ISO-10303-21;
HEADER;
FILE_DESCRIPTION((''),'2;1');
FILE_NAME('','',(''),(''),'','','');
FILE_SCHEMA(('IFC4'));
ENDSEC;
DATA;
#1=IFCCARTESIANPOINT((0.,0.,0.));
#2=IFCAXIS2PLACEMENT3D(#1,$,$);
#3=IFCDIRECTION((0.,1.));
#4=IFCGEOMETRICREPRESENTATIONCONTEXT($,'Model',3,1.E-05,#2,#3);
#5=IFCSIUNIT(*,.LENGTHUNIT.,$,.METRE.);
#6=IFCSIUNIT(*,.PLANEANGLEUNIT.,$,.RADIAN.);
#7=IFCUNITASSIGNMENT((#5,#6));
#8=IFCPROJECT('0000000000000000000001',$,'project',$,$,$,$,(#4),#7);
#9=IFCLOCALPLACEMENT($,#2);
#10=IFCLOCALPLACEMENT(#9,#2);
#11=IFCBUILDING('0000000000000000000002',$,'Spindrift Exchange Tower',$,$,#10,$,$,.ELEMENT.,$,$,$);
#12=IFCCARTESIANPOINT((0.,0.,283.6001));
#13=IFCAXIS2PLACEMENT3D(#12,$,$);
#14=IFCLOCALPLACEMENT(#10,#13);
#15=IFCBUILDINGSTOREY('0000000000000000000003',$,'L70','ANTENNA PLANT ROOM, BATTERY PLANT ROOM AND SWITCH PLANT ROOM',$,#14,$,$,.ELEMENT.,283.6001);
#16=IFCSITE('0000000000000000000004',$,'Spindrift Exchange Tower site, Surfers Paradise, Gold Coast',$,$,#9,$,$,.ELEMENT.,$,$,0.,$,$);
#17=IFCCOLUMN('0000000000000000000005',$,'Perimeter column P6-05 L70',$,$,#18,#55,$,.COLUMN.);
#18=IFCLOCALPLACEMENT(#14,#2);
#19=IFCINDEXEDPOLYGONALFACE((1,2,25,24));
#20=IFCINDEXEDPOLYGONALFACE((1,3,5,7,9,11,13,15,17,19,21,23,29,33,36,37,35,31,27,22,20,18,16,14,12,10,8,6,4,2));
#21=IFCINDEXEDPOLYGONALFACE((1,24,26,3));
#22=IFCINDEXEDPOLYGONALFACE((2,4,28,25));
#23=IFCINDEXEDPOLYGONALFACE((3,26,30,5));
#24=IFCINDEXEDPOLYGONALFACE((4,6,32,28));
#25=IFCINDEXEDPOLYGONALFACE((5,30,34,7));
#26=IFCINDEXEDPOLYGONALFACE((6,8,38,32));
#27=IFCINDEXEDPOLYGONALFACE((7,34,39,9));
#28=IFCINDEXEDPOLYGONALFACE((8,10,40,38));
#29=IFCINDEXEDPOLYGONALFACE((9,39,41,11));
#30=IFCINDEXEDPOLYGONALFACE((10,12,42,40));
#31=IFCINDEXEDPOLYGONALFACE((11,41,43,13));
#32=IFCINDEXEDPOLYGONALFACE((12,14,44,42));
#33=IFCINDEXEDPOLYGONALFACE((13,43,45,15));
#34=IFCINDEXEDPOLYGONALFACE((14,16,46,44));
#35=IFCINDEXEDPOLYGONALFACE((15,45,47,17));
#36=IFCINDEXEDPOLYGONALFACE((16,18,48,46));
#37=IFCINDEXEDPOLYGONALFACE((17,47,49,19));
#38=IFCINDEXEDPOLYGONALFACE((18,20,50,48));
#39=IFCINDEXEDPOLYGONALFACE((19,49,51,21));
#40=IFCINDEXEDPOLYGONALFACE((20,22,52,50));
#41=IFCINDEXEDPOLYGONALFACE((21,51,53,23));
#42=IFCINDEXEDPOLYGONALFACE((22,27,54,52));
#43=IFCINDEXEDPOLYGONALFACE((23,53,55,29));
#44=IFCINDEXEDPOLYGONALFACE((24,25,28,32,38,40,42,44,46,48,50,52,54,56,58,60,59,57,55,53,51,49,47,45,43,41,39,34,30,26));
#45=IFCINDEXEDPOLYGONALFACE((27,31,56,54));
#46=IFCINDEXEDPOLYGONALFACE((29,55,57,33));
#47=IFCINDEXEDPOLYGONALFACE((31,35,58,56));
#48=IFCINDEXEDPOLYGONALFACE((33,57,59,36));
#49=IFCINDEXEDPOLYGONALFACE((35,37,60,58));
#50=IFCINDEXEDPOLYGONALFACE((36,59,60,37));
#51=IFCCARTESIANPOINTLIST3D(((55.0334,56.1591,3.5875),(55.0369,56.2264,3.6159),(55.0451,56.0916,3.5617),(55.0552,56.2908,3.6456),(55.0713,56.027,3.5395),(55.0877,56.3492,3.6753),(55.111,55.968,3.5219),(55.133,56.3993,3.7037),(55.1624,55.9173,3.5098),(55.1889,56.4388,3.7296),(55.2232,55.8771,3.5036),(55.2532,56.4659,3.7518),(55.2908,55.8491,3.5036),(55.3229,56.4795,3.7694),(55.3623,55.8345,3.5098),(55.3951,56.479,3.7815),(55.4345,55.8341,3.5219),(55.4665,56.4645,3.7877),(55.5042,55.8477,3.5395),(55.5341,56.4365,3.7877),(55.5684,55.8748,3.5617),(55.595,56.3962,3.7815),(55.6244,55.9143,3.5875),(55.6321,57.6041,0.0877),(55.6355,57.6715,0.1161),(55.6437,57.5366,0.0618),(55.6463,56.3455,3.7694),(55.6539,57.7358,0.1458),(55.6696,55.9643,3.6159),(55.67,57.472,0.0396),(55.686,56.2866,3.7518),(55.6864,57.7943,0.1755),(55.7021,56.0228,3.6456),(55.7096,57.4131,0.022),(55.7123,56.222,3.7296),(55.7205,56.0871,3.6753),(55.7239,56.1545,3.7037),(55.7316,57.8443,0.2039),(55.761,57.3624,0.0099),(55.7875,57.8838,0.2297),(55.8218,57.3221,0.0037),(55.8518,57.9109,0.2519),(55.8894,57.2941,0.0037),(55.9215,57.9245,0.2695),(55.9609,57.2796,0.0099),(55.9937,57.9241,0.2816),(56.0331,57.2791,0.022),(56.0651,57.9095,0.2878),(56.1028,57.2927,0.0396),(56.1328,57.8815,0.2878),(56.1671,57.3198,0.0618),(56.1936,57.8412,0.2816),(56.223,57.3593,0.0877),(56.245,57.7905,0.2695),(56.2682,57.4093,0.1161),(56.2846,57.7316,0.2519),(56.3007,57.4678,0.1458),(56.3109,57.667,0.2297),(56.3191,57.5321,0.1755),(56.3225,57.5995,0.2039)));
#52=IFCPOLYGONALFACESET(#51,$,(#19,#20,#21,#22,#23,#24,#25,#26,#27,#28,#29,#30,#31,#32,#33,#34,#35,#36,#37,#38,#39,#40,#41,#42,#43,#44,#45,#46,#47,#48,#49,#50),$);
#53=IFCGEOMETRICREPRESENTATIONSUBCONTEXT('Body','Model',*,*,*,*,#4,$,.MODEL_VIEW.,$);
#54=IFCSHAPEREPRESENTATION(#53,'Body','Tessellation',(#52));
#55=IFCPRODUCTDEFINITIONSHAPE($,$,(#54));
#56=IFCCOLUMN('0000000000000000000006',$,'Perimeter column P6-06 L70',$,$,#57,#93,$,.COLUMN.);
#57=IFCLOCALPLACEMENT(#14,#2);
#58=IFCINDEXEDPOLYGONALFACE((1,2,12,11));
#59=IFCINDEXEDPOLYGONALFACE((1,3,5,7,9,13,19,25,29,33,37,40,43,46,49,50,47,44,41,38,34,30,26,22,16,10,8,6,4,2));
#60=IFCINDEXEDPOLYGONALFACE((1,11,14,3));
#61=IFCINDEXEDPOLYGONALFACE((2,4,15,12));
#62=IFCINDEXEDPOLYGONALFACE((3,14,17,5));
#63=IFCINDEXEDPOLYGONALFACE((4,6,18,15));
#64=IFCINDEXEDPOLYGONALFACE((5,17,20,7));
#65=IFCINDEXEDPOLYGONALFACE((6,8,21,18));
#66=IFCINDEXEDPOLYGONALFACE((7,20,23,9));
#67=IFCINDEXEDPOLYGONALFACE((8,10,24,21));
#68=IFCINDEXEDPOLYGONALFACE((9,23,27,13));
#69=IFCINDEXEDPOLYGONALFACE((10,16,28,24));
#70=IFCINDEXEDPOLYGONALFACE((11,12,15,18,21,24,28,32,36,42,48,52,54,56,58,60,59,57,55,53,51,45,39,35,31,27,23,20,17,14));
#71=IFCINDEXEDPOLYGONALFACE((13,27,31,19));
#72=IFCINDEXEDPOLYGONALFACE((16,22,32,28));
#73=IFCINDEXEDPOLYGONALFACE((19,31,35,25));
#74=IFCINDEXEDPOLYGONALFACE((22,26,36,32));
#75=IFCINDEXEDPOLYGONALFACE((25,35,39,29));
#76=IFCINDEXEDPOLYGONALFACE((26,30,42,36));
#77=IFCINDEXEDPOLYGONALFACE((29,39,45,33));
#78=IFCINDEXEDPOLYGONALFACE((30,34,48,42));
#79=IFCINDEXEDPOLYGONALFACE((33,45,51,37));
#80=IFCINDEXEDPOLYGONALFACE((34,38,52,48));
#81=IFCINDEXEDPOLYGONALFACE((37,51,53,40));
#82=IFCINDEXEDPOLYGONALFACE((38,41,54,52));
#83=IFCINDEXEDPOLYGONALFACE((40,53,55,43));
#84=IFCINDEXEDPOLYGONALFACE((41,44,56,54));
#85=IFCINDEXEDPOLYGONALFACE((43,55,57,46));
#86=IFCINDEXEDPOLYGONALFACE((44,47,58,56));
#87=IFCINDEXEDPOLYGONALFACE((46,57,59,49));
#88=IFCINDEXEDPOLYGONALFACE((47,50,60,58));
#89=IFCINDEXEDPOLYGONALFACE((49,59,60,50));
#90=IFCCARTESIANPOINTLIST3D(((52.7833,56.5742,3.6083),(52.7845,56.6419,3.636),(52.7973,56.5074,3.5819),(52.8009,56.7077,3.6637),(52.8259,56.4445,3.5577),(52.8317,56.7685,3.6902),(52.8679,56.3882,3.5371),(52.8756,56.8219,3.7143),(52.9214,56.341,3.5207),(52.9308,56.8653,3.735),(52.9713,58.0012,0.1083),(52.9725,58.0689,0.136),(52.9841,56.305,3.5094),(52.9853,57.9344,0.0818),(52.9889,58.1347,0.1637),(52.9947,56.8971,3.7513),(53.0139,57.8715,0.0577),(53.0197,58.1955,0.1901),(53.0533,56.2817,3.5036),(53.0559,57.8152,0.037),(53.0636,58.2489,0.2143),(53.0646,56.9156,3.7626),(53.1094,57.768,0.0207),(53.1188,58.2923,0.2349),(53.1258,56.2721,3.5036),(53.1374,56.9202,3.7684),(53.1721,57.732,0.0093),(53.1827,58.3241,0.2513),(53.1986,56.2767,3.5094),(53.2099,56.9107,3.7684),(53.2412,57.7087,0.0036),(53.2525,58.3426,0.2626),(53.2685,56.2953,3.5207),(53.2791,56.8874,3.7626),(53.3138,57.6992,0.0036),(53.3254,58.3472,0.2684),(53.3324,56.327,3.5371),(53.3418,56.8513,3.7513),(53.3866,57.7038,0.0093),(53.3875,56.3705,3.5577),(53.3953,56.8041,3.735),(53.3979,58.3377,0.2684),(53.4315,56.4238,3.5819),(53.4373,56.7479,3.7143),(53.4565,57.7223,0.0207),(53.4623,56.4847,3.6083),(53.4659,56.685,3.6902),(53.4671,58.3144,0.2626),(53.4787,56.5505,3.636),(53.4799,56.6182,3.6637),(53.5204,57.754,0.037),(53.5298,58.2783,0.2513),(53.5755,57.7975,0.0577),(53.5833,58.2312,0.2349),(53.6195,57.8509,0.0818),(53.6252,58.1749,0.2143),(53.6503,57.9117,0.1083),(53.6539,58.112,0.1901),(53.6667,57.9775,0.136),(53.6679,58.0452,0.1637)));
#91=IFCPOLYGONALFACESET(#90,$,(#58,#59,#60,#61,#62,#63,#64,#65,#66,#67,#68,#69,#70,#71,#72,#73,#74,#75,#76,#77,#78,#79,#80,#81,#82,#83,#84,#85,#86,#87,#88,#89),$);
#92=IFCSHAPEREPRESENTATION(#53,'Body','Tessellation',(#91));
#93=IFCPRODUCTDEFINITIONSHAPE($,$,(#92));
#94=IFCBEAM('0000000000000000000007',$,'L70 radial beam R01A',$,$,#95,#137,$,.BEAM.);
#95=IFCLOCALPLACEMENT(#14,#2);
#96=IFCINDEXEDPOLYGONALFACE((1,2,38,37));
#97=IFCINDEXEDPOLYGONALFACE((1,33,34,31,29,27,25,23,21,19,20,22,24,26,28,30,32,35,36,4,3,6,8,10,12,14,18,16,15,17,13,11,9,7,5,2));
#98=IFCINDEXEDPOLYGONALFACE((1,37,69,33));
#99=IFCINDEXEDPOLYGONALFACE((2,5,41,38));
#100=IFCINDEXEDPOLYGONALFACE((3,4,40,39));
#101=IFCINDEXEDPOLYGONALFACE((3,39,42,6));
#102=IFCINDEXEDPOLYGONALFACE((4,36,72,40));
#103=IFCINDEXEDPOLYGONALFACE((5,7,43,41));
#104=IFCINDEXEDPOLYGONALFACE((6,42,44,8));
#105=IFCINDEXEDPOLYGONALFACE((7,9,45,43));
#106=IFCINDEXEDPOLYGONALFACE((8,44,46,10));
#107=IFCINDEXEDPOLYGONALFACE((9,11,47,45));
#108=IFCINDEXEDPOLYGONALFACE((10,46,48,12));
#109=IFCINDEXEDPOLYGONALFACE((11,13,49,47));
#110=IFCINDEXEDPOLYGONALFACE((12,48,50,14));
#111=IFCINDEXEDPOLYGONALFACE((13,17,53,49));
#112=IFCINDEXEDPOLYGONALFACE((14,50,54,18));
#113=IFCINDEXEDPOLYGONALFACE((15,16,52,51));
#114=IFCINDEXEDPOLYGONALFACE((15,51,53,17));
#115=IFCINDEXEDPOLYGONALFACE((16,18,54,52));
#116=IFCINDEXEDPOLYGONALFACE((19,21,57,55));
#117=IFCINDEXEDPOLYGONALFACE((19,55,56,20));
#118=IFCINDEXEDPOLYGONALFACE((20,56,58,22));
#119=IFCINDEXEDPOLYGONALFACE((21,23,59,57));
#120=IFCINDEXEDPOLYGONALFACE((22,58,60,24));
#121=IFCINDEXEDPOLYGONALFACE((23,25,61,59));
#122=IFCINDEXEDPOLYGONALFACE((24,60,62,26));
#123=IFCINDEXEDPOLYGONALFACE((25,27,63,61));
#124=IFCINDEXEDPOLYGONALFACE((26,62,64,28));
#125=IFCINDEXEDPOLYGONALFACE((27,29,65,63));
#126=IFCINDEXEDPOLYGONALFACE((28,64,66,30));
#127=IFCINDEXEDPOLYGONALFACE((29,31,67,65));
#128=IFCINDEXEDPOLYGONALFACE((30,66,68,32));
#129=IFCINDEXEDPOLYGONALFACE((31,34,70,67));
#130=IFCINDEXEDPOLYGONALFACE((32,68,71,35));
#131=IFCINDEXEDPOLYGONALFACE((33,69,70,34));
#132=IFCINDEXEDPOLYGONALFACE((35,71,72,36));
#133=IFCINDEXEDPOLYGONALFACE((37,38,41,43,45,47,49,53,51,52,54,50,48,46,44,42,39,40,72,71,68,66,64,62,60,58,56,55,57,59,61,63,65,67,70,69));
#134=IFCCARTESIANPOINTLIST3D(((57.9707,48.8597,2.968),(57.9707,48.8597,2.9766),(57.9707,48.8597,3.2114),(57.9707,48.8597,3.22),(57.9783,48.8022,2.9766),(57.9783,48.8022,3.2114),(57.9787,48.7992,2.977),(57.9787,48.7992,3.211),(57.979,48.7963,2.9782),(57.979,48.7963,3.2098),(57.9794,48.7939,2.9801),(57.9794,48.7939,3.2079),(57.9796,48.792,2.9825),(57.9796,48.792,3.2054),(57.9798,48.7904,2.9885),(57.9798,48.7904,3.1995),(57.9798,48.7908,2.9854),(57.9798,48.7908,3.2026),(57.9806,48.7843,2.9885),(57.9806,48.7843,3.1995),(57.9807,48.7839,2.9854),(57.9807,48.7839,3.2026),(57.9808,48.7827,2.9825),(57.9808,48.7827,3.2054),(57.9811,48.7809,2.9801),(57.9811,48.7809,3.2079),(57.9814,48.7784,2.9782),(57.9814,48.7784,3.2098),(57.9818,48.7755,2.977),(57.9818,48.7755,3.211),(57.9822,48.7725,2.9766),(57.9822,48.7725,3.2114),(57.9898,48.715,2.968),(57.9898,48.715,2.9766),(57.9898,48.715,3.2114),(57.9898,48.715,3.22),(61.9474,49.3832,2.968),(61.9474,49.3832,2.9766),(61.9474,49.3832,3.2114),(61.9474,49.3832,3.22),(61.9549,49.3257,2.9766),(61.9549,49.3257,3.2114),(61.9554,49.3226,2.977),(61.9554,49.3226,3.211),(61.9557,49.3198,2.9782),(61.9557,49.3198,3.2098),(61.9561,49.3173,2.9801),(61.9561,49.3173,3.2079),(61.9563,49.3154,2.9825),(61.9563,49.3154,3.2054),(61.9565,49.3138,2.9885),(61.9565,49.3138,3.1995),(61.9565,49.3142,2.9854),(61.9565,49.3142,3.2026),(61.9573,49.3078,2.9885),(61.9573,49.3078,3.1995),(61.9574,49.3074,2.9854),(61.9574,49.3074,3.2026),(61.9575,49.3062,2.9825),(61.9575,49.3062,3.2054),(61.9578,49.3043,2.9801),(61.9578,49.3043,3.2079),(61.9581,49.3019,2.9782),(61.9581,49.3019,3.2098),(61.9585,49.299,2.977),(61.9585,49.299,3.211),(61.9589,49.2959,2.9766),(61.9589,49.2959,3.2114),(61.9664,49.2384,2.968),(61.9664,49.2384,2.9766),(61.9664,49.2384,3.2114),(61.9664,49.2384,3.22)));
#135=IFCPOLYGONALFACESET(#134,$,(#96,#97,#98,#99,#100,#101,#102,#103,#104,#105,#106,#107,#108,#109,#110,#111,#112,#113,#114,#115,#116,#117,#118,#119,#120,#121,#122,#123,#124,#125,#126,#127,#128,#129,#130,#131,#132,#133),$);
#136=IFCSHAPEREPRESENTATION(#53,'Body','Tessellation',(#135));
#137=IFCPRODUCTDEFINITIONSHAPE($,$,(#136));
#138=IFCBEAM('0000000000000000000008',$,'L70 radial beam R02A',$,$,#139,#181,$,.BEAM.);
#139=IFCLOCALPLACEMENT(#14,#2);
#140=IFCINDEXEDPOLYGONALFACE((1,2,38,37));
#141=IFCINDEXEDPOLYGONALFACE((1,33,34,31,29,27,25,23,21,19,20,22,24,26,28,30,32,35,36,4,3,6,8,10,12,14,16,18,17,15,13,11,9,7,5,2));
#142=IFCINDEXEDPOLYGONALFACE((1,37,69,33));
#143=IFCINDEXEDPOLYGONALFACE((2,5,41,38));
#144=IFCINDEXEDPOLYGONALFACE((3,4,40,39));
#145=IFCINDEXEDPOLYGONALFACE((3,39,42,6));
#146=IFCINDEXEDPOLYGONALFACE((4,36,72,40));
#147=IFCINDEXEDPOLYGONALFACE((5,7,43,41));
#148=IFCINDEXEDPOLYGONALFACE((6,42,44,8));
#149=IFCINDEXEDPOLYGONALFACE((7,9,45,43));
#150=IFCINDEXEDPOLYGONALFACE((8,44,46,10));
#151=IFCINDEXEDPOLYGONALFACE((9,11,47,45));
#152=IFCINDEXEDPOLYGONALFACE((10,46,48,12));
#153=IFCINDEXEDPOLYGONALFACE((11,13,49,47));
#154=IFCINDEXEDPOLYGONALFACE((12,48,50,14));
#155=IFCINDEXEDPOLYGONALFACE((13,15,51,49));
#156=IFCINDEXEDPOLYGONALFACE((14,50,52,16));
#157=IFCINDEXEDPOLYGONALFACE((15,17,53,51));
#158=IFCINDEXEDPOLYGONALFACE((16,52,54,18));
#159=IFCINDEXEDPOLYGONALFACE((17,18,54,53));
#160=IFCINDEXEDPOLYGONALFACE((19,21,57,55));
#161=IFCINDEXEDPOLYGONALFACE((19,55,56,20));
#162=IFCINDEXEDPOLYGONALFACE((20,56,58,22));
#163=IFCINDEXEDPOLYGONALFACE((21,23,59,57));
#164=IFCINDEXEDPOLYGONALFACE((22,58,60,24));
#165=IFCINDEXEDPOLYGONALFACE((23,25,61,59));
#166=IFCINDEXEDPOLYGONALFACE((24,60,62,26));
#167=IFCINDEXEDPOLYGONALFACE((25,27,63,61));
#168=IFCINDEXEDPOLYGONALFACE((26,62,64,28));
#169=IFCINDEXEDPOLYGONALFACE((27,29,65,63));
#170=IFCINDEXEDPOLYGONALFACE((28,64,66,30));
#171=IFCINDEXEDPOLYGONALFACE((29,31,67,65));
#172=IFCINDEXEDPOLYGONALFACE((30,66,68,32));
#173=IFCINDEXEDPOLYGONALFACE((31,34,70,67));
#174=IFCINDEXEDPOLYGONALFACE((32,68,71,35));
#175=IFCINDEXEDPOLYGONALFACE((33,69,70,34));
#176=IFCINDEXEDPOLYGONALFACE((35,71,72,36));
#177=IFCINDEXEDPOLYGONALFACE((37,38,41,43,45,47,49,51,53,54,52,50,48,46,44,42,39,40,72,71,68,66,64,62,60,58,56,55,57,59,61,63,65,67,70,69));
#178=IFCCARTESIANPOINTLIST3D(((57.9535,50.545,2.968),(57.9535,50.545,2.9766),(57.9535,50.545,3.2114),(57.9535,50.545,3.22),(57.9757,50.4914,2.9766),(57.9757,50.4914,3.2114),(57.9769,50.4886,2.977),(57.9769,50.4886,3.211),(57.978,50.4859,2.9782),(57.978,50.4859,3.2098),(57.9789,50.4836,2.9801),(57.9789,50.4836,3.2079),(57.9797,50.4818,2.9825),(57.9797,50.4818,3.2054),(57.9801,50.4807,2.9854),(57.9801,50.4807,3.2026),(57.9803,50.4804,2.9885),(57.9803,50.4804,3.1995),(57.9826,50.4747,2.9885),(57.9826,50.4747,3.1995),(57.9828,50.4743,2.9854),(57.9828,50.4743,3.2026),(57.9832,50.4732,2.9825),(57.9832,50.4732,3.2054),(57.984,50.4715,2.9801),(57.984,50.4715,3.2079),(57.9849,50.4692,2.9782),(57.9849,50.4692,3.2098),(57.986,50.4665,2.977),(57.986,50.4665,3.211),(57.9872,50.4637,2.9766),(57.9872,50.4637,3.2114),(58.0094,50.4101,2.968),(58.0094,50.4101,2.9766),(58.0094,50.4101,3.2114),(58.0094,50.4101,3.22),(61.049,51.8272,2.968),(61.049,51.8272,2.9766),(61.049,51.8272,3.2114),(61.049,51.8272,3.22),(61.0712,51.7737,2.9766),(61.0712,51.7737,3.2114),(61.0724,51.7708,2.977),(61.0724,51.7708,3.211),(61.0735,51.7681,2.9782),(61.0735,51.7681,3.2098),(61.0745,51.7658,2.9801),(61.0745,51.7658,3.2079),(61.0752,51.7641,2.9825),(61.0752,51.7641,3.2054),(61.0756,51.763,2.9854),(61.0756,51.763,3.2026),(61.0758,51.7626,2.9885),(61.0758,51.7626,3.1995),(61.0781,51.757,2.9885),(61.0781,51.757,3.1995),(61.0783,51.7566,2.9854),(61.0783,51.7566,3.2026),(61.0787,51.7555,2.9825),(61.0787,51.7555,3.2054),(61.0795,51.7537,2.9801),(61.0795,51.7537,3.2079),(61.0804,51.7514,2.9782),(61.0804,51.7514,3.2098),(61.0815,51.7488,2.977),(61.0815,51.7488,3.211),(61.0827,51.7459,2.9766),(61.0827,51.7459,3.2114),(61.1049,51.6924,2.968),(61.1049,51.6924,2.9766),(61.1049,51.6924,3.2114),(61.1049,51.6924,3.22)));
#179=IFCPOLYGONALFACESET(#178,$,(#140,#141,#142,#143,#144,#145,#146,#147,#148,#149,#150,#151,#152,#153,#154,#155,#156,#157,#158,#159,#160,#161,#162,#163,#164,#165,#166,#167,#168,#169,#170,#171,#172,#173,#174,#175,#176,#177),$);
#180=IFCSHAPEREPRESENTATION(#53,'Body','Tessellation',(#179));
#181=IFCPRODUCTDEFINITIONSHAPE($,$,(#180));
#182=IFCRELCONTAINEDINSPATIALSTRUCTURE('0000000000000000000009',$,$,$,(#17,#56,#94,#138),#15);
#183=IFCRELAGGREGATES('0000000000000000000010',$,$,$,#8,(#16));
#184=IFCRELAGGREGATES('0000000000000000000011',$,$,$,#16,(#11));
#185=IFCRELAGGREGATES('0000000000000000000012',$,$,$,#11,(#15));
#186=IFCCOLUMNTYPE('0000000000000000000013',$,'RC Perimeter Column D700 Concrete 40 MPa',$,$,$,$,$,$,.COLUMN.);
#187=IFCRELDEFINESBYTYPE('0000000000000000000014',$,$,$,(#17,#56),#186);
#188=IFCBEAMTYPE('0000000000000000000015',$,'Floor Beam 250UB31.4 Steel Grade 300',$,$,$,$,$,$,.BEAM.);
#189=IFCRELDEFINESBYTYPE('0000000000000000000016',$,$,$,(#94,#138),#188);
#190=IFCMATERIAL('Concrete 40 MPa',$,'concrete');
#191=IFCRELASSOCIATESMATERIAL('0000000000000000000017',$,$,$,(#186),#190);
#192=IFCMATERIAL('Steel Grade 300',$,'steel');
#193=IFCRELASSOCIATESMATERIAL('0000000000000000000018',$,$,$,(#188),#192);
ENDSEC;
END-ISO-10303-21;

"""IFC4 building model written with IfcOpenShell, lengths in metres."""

from ifc_helpers import new_model, si_unit, direction, frame, origin, origin_2d, place, context, subcontext, project, spatial, circle, i_section, extrude, source, transform, mapped, material, material_profile, profile_set, type_object, element, save


model = new_model("IFC4")

# Units and contexts
model_context = context("Model", 3, precision=1e-05, world=origin(), true_north=direction((0.0, 1.0)))
body_context = subcontext(model_context, "Body", "Model", "MODEL_VIEW")
ifc_project = project(units=[si_unit("LENGTHUNIT", "METRE"), si_unit("PLANEANGLEUNIT", "RADIAN")], contexts=[model_context])

# Site, building, storey
site_placement = place(None, origin())
site = spatial("IfcSite", under=ifc_project, at=site_placement, Name="Spindrift Exchange Tower site, Surfers Paradise, Gold Coast", CompositionType="ELEMENT", RefElevation=0.0)
building_placement = place(site_placement, origin())
building = spatial("IfcBuilding", under=site, at=building_placement, Name="Spindrift Exchange Tower", CompositionType="ELEMENT")
storey_placement = place(building_placement, frame((0.0, 0.0, 283.6001)))
storey = spatial("IfcBuildingStorey", under=building, at=storey_placement, Name="L70", Description="ANTENNA PLANT ROOM, BATTERY PLANT ROOM AND SWITCH PLANT ROOM", CompositionType="ELEMENT", Elevation=283.6001)

# Columns
ifc_material_1 = material(Name="Concrete 40 MPa", Category="concrete")
ifc_material_profile_1 = material_profile(ifc_material_1, circle(Radius=0.3501, at=origin_2d()), Name="RC D700")
ifc_profile_set_1 = profile_set([ifc_material_profile_1], Name="Concrete 40 MPa")
column_type = type_object("IfcColumnType", Name="RC Perimeter Column D700 Concrete 40 MPa", PredefinedType="COLUMN", material=ifc_profile_set_1)
shared_shape_1 = source(origin(), body_context, "Body", "SweptSolid", [
    extrude(circle(Radius=0.3501, at=origin_2d()), origin(), (0.0, 0.0, 1.0), 3.8335),
])
column_1_placement = place(storey_placement, frame((55.9773, 57.6018, 0.1458), z_axis=(-0.156154, -0.376947, 0.912977), x_axis=(0.923865, -0.382719, 0.0)))
element("IfcColumn", 1, at=column_1_placement, inside=storey, type_object=column_type, Name="Perimeter column P6-05 L70", PredefinedType="COLUMN", context=body_context, shape_type="MappedRepresentation", body=[
    mapped(shared_shape_1, transform((0.0, 0.0, 0.0), scale=1.0)),
])
shared_shape_2 = source(origin(), body_context, "Body", "SweptSolid", [
    extrude(circle(Radius=0.3501, at=origin_2d()), origin(), (0.0, 0.0, 1.0), 3.7844),
])
column_2_placement = place(storey_placement, frame((53.3196, 58.0232, 0.136), z_axis=(-0.049675, -0.377075, 0.92485), x_axis=(0.991434, -0.130608, 0.0)))
element("IfcColumn", 2, at=column_2_placement, inside=storey, type_object=column_type, Name="Perimeter column P6-06 L70", PredefinedType="COLUMN", context=body_context, shape_type="MappedRepresentation", body=[
    mapped(shared_shape_2, transform((0.0, 0.0, 0.0), scale=1.0)),
])

# Beams
ifc_material_2 = material(Name="Steel Grade 300", Category="steel")
ifc_material_profile_2 = material_profile(ifc_material_2, i_section(OverallWidth=0.146, OverallDepth=0.252, WebThickness=0.0061, FlangeThickness=0.0085, FilletRadius=0.012, at=origin_2d()), Name="250UB31.4")
ifc_profile_set_2 = profile_set([ifc_material_profile_2], Name="Steel Grade 300")
beam_type_1 = type_object("IfcBeamType", Name="Floor Beam 250UB31.4 Steel Grade 300", PredefinedType="BEAM", material=ifc_profile_set_2)
shared_shape_3 = source(origin(), body_context, "Body", "SweptSolid", [
    extrude(i_section(OverallWidth=0.146, OverallDepth=0.252, WebThickness=0.0061, FlangeThickness=0.0085, FilletRadius=0.012, at=origin_2d()), origin(), (0.0, 0.0, 1.0), 4.011),
])
beam_1_placement = place(storey_placement, frame((57.9802, 48.7874, 3.094), z_axis=(0.991448, 0.130505, 0.0), x_axis=(-0.130505, 0.991448, 0.0)))
element("IfcBeam", 3, at=beam_1_placement, inside=storey, type_object=beam_type_1, Name="L70 radial beam R01A", PredefinedType="BEAM", context=body_context, shape_type="MappedRepresentation", body=[
    mapped(shared_shape_3, transform((0.0, 0.0, 0.0), scale=1.0)),
])
shared_shape_4 = source(origin(), body_context, "Body", "SweptSolid", [
    extrude(i_section(OverallWidth=0.146, OverallDepth=0.252, WebThickness=0.0061, FlangeThickness=0.0085, FilletRadius=0.012, at=origin_2d()), origin(), (0.0, 0.0, 1.0), 3.3506),
])
beam_2_placement = place(storey_placement, frame((57.9814, 50.4775, 3.094), z_axis=(0.923875, 0.382695, 0.0), x_axis=(-0.382695, 0.923875, 0.0)))
element("IfcBeam", 4, at=beam_2_placement, inside=storey, type_object=beam_type_1, Name="L70 radial beam R02A", PredefinedType="BEAM", context=body_context, shape_type="MappedRepresentation", body=[
    mapped(shared_shape_4, transform((0.0, 0.0, 0.0), scale=1.0)),
])

save(model, "model.ifc")
